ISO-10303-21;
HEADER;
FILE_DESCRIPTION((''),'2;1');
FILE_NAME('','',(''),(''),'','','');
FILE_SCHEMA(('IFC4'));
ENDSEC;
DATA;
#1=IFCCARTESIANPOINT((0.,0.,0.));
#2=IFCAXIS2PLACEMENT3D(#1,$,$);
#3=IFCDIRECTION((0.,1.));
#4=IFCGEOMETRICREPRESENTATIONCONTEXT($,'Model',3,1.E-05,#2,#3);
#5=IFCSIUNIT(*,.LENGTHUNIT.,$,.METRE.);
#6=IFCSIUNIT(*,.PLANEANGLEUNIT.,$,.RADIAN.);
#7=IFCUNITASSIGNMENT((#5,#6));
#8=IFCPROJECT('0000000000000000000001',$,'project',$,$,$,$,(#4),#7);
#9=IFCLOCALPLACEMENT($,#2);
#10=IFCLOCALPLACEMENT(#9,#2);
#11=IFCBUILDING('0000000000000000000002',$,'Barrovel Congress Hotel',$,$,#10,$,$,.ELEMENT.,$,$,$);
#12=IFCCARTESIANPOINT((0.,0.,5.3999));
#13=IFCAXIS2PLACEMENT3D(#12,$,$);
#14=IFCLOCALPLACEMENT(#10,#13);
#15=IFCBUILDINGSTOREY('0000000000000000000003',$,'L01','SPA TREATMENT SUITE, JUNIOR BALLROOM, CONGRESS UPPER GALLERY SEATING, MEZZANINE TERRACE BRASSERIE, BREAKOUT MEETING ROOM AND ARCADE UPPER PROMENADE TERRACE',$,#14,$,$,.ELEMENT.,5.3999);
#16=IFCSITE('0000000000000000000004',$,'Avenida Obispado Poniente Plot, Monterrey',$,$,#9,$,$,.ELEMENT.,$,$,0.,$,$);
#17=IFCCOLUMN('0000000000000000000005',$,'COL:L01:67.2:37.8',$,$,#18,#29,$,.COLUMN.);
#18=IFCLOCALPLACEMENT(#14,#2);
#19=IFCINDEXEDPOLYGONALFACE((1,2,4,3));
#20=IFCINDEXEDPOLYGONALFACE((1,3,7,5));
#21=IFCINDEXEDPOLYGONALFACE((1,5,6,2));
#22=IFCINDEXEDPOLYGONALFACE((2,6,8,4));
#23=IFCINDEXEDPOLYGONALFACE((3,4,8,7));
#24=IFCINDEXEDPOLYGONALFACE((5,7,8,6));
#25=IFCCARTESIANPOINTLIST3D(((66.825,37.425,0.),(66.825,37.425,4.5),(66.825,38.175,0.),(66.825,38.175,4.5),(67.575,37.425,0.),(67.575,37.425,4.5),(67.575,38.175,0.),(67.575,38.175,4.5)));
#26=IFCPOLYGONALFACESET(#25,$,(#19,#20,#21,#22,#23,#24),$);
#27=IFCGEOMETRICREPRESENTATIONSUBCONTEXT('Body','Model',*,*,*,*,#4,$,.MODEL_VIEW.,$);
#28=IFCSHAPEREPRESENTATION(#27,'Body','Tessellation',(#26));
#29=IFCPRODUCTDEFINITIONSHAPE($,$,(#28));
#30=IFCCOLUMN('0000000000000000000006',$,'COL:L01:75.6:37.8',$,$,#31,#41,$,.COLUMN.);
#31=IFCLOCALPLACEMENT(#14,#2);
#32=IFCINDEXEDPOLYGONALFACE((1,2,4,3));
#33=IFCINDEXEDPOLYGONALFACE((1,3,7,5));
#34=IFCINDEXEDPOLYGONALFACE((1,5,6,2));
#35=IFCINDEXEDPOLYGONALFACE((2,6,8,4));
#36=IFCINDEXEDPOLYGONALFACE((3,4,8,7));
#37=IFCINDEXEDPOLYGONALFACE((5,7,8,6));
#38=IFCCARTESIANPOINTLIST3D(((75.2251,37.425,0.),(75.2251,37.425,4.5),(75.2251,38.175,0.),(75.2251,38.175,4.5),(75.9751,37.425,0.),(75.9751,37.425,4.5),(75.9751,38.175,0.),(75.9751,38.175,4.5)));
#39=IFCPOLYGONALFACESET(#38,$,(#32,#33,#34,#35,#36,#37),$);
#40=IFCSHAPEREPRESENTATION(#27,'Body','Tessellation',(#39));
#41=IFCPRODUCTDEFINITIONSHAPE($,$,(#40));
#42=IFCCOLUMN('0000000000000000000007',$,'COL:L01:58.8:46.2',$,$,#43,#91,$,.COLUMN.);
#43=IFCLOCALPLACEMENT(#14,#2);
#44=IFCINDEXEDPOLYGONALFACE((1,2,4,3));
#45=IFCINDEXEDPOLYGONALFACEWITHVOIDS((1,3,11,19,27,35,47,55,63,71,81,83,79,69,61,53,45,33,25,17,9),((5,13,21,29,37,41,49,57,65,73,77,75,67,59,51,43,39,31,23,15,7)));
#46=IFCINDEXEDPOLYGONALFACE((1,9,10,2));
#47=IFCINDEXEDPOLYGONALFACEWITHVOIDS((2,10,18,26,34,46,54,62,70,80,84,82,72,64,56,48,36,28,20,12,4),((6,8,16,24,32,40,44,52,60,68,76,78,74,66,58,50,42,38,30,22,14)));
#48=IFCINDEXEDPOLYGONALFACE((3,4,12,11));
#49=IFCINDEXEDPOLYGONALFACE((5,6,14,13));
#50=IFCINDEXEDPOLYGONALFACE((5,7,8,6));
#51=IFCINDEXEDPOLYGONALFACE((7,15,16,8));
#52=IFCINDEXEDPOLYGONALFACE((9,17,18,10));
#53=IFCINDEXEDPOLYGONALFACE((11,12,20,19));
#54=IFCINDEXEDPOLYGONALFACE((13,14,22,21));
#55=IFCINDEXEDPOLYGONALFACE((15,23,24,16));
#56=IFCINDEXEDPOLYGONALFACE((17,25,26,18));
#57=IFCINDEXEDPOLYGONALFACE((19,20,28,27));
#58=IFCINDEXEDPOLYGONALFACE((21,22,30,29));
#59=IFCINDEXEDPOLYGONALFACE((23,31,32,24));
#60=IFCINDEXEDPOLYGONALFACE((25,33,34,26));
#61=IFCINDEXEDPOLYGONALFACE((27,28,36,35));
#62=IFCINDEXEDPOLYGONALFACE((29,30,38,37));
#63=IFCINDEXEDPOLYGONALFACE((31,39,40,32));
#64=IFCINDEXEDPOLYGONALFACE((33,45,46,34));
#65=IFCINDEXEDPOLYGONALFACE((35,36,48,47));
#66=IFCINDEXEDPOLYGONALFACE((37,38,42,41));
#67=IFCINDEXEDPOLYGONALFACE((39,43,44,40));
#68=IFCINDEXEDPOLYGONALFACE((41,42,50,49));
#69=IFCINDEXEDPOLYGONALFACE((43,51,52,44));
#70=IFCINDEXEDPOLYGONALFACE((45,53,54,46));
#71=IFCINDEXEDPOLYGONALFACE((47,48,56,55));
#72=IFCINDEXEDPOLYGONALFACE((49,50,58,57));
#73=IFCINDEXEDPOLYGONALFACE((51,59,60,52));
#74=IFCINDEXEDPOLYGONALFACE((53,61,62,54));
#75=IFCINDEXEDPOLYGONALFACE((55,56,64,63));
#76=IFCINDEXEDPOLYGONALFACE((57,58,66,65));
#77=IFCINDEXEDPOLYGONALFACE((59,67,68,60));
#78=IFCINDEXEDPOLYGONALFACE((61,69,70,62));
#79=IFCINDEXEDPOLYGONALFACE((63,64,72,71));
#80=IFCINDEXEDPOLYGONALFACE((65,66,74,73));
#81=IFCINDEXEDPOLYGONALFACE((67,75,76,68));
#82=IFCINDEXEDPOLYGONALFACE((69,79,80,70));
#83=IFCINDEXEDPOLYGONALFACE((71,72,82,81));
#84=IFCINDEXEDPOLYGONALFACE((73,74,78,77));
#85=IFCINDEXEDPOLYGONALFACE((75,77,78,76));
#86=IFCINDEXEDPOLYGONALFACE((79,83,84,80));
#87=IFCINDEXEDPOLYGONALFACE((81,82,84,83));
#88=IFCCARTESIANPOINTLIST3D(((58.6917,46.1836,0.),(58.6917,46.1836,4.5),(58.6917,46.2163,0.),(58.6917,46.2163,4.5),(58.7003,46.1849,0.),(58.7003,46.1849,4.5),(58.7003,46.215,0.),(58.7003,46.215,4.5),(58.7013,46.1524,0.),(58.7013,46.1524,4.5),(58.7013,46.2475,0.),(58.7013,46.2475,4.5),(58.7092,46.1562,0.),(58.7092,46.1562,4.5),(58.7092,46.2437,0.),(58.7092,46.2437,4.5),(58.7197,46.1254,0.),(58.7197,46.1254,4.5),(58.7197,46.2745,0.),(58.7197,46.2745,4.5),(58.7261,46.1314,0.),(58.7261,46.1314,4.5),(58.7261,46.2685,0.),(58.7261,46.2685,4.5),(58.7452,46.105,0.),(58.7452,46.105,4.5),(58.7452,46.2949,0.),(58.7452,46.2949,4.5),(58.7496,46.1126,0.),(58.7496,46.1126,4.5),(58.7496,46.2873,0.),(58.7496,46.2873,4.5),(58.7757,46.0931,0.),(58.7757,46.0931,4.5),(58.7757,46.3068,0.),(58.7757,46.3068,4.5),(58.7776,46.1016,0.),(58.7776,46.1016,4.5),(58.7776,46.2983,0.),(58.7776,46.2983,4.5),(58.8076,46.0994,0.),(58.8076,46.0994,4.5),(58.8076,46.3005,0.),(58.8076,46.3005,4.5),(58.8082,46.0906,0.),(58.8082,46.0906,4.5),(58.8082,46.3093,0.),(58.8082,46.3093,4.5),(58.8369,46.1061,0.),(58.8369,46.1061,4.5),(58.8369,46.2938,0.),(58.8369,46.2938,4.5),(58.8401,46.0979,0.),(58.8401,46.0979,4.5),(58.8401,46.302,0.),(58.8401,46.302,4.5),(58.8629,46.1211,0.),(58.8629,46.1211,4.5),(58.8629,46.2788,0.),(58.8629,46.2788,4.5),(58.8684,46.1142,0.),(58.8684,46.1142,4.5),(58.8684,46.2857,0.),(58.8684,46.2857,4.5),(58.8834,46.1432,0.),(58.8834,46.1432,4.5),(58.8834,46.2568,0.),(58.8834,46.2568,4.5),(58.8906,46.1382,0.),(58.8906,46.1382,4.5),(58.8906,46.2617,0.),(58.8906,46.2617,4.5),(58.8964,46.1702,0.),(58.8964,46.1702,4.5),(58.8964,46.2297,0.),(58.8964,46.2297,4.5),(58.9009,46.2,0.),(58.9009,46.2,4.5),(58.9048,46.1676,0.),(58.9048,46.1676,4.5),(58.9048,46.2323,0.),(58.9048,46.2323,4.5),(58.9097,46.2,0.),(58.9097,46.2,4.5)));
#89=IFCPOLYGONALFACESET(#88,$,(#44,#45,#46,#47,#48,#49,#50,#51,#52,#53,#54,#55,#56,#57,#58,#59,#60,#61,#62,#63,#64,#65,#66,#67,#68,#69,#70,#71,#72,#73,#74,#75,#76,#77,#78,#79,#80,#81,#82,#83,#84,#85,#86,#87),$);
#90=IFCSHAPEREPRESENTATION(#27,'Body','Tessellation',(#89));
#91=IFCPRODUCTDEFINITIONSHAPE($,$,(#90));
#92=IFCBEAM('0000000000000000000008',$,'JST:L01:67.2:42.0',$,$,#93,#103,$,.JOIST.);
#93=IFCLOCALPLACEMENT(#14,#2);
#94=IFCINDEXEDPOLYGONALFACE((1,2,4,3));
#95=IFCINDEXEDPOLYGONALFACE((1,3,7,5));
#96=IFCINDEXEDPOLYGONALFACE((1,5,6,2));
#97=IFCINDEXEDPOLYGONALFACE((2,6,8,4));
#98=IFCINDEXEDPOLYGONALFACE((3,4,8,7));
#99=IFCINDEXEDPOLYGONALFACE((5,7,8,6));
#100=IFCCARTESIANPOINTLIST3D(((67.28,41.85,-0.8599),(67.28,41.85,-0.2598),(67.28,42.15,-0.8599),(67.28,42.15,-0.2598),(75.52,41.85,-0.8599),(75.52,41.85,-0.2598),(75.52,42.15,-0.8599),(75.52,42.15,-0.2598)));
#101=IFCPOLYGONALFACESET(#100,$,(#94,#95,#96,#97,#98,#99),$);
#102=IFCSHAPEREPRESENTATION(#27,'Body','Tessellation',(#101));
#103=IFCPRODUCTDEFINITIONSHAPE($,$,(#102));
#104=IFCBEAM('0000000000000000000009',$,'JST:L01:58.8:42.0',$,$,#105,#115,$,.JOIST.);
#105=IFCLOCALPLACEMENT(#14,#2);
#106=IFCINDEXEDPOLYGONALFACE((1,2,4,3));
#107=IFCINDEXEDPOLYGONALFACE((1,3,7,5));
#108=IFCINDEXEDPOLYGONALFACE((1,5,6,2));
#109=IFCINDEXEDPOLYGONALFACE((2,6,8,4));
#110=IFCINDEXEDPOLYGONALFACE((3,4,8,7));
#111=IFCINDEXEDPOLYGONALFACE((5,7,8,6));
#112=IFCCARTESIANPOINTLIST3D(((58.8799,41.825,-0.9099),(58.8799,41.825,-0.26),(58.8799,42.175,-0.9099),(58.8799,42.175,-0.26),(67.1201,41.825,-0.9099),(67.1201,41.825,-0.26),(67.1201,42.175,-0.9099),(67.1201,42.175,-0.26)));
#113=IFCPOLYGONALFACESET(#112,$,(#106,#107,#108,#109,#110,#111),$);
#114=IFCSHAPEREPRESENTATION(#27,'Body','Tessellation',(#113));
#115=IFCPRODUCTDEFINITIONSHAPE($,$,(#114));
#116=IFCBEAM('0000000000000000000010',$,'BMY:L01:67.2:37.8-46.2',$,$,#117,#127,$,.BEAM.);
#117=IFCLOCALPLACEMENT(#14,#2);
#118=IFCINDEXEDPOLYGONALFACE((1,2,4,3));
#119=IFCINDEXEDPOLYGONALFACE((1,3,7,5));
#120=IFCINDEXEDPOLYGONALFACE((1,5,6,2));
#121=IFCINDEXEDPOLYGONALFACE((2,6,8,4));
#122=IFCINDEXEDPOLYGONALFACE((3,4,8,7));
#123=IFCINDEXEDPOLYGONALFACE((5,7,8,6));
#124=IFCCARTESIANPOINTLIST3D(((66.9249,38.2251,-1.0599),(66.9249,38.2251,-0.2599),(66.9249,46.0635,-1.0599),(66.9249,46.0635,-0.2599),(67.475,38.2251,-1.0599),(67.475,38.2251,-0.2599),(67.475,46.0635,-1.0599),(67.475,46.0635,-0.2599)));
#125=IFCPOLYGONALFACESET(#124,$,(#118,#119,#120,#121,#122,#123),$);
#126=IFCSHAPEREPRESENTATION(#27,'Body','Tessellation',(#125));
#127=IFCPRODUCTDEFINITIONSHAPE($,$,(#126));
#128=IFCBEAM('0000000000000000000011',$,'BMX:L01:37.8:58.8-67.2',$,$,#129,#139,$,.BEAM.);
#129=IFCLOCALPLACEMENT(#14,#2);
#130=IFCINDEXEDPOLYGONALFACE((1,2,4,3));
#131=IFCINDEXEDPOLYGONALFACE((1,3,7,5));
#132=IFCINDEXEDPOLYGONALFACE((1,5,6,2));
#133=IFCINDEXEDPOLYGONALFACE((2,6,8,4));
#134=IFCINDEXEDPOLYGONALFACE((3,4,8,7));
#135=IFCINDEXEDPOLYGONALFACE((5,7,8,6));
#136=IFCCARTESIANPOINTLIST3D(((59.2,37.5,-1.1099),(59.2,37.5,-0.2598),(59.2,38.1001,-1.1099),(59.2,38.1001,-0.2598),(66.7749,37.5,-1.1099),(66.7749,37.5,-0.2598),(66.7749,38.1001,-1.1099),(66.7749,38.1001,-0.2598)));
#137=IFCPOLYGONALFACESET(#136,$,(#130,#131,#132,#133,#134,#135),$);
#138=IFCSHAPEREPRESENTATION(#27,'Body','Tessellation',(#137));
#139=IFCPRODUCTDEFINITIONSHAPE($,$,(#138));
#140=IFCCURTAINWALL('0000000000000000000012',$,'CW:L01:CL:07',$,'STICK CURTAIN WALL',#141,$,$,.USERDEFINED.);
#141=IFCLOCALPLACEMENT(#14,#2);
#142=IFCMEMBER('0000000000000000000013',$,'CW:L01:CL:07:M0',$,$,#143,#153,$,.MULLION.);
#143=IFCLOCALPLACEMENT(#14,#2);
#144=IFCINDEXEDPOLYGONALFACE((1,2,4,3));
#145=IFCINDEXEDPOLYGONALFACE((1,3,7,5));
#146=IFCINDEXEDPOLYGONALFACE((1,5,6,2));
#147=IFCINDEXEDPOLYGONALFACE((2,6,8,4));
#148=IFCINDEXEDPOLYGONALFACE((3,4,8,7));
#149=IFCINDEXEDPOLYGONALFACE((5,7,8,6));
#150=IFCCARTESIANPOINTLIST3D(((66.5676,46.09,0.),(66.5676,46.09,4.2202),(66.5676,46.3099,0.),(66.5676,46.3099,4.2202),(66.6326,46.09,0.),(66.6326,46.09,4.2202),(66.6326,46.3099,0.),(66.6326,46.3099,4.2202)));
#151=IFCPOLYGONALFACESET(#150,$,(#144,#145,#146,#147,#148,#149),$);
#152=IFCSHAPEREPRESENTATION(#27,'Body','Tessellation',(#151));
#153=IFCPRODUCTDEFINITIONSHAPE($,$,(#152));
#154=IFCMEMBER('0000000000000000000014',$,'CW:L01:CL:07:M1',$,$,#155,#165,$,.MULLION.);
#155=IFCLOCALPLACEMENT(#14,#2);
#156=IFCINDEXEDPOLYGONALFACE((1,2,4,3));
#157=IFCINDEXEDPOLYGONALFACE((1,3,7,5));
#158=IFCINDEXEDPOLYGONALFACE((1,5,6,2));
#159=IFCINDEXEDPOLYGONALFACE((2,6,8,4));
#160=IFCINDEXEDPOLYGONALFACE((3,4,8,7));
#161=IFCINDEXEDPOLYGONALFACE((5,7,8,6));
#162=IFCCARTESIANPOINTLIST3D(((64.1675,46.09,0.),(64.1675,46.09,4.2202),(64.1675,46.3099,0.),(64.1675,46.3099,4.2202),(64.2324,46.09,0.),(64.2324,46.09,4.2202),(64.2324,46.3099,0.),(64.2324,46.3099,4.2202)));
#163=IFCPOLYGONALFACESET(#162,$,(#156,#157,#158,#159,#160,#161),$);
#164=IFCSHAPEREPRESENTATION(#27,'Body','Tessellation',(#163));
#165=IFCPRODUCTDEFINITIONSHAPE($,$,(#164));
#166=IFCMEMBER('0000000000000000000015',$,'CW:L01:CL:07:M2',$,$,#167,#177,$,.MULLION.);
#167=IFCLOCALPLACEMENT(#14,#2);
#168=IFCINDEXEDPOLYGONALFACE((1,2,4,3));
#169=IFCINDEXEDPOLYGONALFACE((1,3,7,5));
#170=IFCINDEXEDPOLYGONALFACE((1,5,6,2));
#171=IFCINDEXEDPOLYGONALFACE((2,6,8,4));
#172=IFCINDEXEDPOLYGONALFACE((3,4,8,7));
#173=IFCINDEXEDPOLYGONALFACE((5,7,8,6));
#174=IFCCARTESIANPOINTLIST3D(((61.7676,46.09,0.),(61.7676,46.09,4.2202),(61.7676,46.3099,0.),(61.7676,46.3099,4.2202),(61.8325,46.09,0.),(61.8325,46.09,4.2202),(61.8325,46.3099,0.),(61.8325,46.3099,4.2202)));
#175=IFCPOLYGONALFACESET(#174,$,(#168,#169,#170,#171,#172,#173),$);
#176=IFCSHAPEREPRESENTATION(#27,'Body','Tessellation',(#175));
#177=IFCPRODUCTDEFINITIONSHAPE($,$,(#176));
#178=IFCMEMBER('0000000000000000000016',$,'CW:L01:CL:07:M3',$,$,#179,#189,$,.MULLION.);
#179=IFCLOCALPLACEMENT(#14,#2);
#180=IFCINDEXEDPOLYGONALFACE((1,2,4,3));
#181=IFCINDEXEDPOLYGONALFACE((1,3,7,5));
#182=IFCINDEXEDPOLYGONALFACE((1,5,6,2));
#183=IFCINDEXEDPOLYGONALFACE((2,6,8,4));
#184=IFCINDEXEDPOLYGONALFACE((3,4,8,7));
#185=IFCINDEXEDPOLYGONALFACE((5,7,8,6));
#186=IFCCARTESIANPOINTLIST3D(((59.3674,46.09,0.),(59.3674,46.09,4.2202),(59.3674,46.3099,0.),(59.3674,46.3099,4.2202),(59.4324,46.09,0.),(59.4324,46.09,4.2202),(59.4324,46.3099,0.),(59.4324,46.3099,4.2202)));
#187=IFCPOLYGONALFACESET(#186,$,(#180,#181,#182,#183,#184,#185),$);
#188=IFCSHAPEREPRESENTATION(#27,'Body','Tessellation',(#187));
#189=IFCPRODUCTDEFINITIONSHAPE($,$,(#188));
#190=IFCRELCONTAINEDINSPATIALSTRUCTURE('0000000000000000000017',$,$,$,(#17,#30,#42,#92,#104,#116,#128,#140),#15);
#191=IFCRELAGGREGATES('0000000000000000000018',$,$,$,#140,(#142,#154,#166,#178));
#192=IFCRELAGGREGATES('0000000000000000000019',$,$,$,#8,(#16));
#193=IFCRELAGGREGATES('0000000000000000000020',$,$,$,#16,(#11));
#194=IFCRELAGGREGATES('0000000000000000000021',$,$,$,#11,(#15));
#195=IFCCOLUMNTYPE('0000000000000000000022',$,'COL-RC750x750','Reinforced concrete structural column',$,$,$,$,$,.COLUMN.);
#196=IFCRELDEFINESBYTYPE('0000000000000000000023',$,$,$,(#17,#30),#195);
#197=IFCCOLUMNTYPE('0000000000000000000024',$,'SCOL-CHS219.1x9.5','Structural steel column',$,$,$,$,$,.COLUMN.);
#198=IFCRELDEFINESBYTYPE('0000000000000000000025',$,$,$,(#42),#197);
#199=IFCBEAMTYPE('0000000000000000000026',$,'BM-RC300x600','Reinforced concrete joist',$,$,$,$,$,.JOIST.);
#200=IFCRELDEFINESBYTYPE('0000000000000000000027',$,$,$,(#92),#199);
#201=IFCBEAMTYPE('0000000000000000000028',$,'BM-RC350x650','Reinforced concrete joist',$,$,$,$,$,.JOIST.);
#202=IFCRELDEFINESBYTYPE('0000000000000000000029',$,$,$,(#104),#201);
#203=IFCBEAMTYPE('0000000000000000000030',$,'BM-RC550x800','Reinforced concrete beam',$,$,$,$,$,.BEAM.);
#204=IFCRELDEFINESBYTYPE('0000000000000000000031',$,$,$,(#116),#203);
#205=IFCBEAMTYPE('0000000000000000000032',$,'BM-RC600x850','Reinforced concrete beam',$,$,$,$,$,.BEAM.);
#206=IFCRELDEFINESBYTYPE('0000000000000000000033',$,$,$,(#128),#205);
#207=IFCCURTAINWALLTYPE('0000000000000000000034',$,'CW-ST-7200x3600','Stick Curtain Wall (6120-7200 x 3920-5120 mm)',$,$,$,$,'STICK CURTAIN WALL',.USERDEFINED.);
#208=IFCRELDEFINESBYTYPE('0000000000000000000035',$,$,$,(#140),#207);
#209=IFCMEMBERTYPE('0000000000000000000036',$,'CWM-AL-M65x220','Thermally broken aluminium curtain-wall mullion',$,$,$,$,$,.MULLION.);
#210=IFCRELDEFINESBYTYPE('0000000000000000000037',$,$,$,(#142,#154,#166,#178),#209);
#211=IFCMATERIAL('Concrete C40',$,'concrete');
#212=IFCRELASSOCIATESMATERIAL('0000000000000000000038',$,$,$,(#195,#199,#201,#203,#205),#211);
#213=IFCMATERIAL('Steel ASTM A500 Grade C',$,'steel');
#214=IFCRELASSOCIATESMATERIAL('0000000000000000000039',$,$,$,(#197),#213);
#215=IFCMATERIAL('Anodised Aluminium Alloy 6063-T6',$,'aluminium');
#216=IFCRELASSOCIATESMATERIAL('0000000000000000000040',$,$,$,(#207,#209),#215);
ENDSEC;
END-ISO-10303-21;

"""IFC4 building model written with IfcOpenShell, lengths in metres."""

from ifc_helpers import new_model, si_unit, direction, frame, origin, origin_2d, place, context, subcontext, project, spatial, rectangle, hollow_circle, extrude, material, material_profile, profile_set, type_object, element, aggregate, save


model = new_model("IFC4")

# Units and contexts
model_context = context("Model", 3, precision=1e-05, world=origin(), true_north=direction((0.0, 1.0)))
body_context = subcontext(model_context, "Body", "Model", "MODEL_VIEW")
ifc_project = project(units=[si_unit("LENGTHUNIT", "METRE"), si_unit("PLANEANGLEUNIT", "RADIAN")], contexts=[model_context])

# Site, building, storey
site_placement = place(None, origin())
site = spatial("IfcSite", under=ifc_project, at=site_placement, Name="Avenida Obispado Poniente Plot, Monterrey", CompositionType="ELEMENT", RefElevation=0.0)
building_placement = place(site_placement, origin())
building = spatial("IfcBuilding", under=site, at=building_placement, Name="Barrovel Congress Hotel", CompositionType="ELEMENT")
storey_placement = place(building_placement, frame((0.0, 0.0, 5.3999)))
storey = spatial("IfcBuildingStorey", under=building, at=storey_placement, Name="L01", Description="SPA TREATMENT SUITE, JUNIOR BALLROOM, CONGRESS UPPER GALLERY SEATING, MEZZANINE TERRACE BRASSERIE, BREAKOUT MEETING ROOM AND ARCADE UPPER PROMENADE TERRACE", CompositionType="ELEMENT", Elevation=5.3999)

# Columns
ifc_material_1 = material(Name="Concrete C40", Category="concrete")
ifc_material_profile_1 = material_profile(ifc_material_1, rectangle(XDim=0.75, YDim=0.75, at=origin_2d()), Name="RC750x750")
ifc_profile_set_1 = profile_set([ifc_material_profile_1], Name="Concrete C40")
column_type_1 = type_object("IfcColumnType", Name="COL-RC750x750", Description="Reinforced concrete structural column", PredefinedType="COLUMN", material=ifc_profile_set_1)
for number, where, z_axis, x_axis, name in (
    (1, (67.2, 37.8, 0.0), (0.0, 0.0, 1.0), (1.0, 0.0, 0.0), "COL:L01:67.2:37.8"),
    (2, (75.6001, 37.8, 0.0), (0.0, 0.0, 1.0), (1.0, 0.0, 0.0), "COL:L01:75.6:37.8"),
):
    element("IfcColumn", number, at=place(storey_placement, frame(where, z_axis=z_axis, x_axis=x_axis)), inside=storey, type_object=column_type_1, Name=name, PredefinedType="COLUMN", context=body_context, shape_type="SweptSolid", body=[
        extrude(rectangle(XDim=0.75, YDim=0.75, at=origin_2d()), origin(), (0.0, 0.0, 1.0), 4.5),
    ])
ifc_material_2 = material(Name="Steel ASTM A500 Grade C", Category="steel")
ifc_material_profile_2 = material_profile(ifc_material_2, hollow_circle(Radius=0.1096, WallThickness=0.0088, at=origin_2d()), Name="CHS219.1x9.5")
ifc_profile_set_2 = profile_set([ifc_material_profile_2], Name="Steel ASTM A500 Grade C")
column_type_2 = type_object("IfcColumnType", Name="SCOL-CHS219.1x9.5", Description="Structural steel column", PredefinedType="COLUMN", material=ifc_profile_set_2)
column_placement = place(storey_placement, frame((58.8, 46.2, 0.0), z_axis=(0.0, 0.0, 1.0), x_axis=(1.0, 0.0, 0.0)))
element("IfcColumn", 3, at=column_placement, inside=storey, type_object=column_type_2, Name="COL:L01:58.8:46.2", PredefinedType="COLUMN", context=body_context, shape_type="SweptSolid", body=[
    extrude(hollow_circle(Radius=0.1096, WallThickness=0.0088, at=origin_2d()), origin(), (0.0, 0.0, 1.0), 4.5),
])

# Beams
ifc_material_profile_3 = material_profile(ifc_material_1, rectangle(XDim=0.3, YDim=0.6001, at=origin_2d()), Name="RC300x600")
ifc_profile_set_3 = profile_set([ifc_material_profile_3], Name="Concrete C40")
beam_type_1 = type_object("IfcBeamType", Name="BM-RC300x600", Description="Reinforced concrete joist", PredefinedType="JOIST", material=ifc_profile_set_3)
beam_1_placement = place(storey_placement, frame((67.28, 42.0, -0.5598), z_axis=(1.0, 0.0, 0.0), x_axis=(0.0, 1.0, 0.0)))
element("IfcBeam", 4, at=beam_1_placement, inside=storey, type_object=beam_type_1, Name="JST:L01:67.2:42.0", PredefinedType="JOIST", context=body_context, shape_type="SweptSolid", body=[
    extrude(rectangle(XDim=0.3, YDim=0.6001, at=origin_2d()), origin(), (0.0, 0.0, 1.0), 8.24),
])
ifc_material_profile_4 = material_profile(ifc_material_1, rectangle(XDim=0.3501, YDim=0.6499, at=origin_2d()), Name="RC350x650")
ifc_profile_set_4 = profile_set([ifc_material_profile_4], Name="Concrete C40")
beam_type_2 = type_object("IfcBeamType", Name="BM-RC350x650", Description="Reinforced concrete joist", PredefinedType="JOIST", material=ifc_profile_set_4)
beam_2_placement = place(storey_placement, frame((58.8799, 42.0, -0.585), z_axis=(1.0, 0.0, 0.0), x_axis=(0.0, 1.0, 0.0)))
element("IfcBeam", 5, at=beam_2_placement, inside=storey, type_object=beam_type_2, Name="JST:L01:58.8:42.0", PredefinedType="JOIST", context=body_context, shape_type="SweptSolid", body=[
    extrude(rectangle(XDim=0.3501, YDim=0.6499, at=origin_2d()), origin(), (0.0, 0.0, 1.0), 8.2402),
])
ifc_material_profile_5 = material_profile(ifc_material_1, rectangle(XDim=0.55, YDim=0.8, at=origin_2d()), Name="RC550x800")
ifc_profile_set_5 = profile_set([ifc_material_profile_5], Name="Concrete C40")
beam_type_3 = type_object("IfcBeamType", Name="BM-RC550x800", Description="Reinforced concrete beam", PredefinedType="BEAM", material=ifc_profile_set_5)
beam_3_placement = place(storey_placement, frame((67.2, 38.2251, -0.6599), z_axis=(0.0, 1.0, 0.0), x_axis=(-1.0, 0.0, 0.0)))
element("IfcBeam", 6, at=beam_3_placement, inside=storey, type_object=beam_type_3, Name="BMY:L01:67.2:37.8-46.2", PredefinedType="BEAM", context=body_context, shape_type="SweptSolid", body=[
    extrude(rectangle(XDim=0.55, YDim=0.8, at=origin_2d()), origin(), (0.0, 0.0, 1.0), 7.8384),
])
ifc_material_profile_6 = material_profile(ifc_material_1, rectangle(XDim=0.6001, YDim=0.8501, at=origin_2d()), Name="RC600x850")
ifc_profile_set_6 = profile_set([ifc_material_profile_6], Name="Concrete C40")
beam_type_4 = type_object("IfcBeamType", Name="BM-RC600x850", Description="Reinforced concrete beam", PredefinedType="BEAM", material=ifc_profile_set_6)
beam_4_placement = place(storey_placement, frame((59.2, 37.8, -0.6848), z_axis=(1.0, 0.0, 0.0), x_axis=(0.0, 1.0, 0.0)))
element("IfcBeam", 7, at=beam_4_placement, inside=storey, type_object=beam_type_4, Name="BMX:L01:37.8:58.8-67.2", PredefinedType="BEAM", context=body_context, shape_type="SweptSolid", body=[
    extrude(rectangle(XDim=0.6001, YDim=0.8501, at=origin_2d()), origin(), (0.0, 0.0, 1.0), 7.575),
])

# Curtain wall, members
ifc_material_3 = material(Name="Anodised Aluminium Alloy 6063-T6", Category="aluminium")
curtain_wall_type = type_object("IfcCurtainWallType", Name="CW-ST-7200x3600", Description="Stick Curtain Wall (6120-7200 x 3920-5120 mm)", ElementType="STICK CURTAIN WALL", PredefinedType="USERDEFINED", material=ifc_material_3)
curtain_wall_placement = place(storey_placement, origin())
curtain_wall = element("IfcCurtainWall", 8, at=curtain_wall_placement, inside=storey, type_object=curtain_wall_type, Name="CW:L01:CL:07", ObjectType="STICK CURTAIN WALL", PredefinedType="USERDEFINED")
ifc_material_profile_7 = material_profile(ifc_material_3, rectangle(XDim=0.0649, YDim=0.22, at=origin_2d()), Name="AL-M65x220")
ifc_profile_set_7 = profile_set([ifc_material_profile_7], Name="Anodised Aluminium Alloy 6063-T6")
member_type_1 = type_object("IfcMemberType", Name="CWM-AL-M65x220", Description="Thermally broken aluminium curtain-wall mullion", PredefinedType="MULLION", material=ifc_profile_set_7)
member_1_placement = place(storey_placement, frame((66.6001, 46.2, 0.0), z_axis=(0.0, 0.0, 1.0), x_axis=(1.0, 0.0, 0.0)))
member_1 = element("IfcMember", 9, at=member_1_placement, type_object=member_type_1, Name="CW:L01:CL:07:M0", PredefinedType="MULLION", context=body_context, shape_type="SweptSolid", body=[
    extrude(rectangle(XDim=0.0649, YDim=0.22, at=origin_2d()), origin(), (0.0, 0.0, 1.0), 4.2202),
])
member_2_placement = place(storey_placement, frame((64.2, 46.2, 0.0), z_axis=(0.0, 0.0, 1.0), x_axis=(1.0, 0.0, 0.0)))
member_2 = element("IfcMember", 10, at=member_2_placement, type_object=member_type_1, Name="CW:L01:CL:07:M1", PredefinedType="MULLION", context=body_context, shape_type="SweptSolid", body=[
    extrude(rectangle(XDim=0.0649, YDim=0.22, at=origin_2d()), origin(), (0.0, 0.0, 1.0), 4.2202),
])
member_3_placement = place(storey_placement, frame((61.8, 46.2, 0.0), z_axis=(0.0, 0.0, 1.0), x_axis=(1.0, 0.0, 0.0)))
member_3 = element("IfcMember", 11, at=member_3_placement, type_object=member_type_1, Name="CW:L01:CL:07:M2", PredefinedType="MULLION", context=body_context, shape_type="SweptSolid", body=[
    extrude(rectangle(XDim=0.0649, YDim=0.22, at=origin_2d()), origin(), (0.0, 0.0, 1.0), 4.2202),
])
member_4_placement = place(storey_placement, frame((59.3999, 46.2, 0.0), z_axis=(0.0, 0.0, 1.0), x_axis=(1.0, 0.0, 0.0)))
member_4 = element("IfcMember", 12, at=member_4_placement, type_object=member_type_1, Name="CW:L01:CL:07:M3", PredefinedType="MULLION", context=body_context, shape_type="SweptSolid", body=[
    extrude(rectangle(XDim=0.0649, YDim=0.22, at=origin_2d()), origin(), (0.0, 0.0, 1.0), 4.2202),
])

aggregate(curtain_wall, [member_1, member_2, member_3, member_4])

save(model, "model.ifc")
